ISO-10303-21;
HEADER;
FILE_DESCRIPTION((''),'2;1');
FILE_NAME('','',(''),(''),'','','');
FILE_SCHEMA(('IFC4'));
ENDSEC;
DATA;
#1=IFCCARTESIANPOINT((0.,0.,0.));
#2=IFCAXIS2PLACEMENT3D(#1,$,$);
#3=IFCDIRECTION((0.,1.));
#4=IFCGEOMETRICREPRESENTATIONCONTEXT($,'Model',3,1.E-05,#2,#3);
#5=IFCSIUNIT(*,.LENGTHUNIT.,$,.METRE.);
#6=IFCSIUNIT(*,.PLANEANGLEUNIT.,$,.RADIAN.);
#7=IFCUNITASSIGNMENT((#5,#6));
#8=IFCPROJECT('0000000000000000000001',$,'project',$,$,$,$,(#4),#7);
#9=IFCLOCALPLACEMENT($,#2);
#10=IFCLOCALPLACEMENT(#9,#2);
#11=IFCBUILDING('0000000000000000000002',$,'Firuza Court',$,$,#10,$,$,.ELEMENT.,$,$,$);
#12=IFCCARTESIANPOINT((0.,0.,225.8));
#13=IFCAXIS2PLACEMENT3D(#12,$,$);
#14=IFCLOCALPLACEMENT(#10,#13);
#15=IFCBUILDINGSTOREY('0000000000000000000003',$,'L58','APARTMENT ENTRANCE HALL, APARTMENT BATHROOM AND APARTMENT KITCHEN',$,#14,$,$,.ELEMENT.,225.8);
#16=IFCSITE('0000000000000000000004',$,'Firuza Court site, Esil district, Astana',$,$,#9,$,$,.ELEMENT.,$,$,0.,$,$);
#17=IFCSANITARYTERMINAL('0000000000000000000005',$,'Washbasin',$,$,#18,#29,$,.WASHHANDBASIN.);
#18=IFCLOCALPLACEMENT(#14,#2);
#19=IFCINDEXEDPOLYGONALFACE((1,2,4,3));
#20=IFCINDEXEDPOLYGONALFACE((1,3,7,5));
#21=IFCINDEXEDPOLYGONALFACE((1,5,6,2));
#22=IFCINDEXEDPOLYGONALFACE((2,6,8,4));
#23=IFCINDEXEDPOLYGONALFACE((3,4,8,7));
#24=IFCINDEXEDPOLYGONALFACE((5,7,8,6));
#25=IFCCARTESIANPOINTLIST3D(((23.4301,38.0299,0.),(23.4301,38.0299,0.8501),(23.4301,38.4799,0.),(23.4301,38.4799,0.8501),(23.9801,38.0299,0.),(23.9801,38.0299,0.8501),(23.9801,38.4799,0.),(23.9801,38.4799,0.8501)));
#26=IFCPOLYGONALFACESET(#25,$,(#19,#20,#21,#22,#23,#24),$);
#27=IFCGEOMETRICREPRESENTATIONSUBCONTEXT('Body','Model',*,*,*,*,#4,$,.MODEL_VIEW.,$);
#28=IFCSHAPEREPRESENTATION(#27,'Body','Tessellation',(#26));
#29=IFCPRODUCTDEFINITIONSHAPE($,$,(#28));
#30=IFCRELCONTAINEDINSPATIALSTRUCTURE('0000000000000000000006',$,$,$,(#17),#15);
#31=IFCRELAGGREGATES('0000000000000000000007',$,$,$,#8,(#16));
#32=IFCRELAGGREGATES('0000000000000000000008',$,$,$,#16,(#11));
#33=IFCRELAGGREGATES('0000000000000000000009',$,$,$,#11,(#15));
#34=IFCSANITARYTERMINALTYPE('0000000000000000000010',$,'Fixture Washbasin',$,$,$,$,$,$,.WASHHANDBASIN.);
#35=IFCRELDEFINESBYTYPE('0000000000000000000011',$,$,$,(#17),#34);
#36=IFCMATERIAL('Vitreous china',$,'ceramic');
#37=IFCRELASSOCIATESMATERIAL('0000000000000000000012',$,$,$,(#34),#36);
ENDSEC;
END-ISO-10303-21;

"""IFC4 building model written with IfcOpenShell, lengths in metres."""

from ifc_helpers import new_model, si_unit, direction, frame, origin, origin_2d, place, context, subcontext, project, spatial, rectangle, extrude, material, type_object, element, save


model = new_model("IFC4")

# Units and contexts
model_context = context("Model", 3, precision=1e-05, world=origin(), true_north=direction((0.0, 1.0)))
body_context = subcontext(model_context, "Body", "Model", "MODEL_VIEW")
ifc_project = project(units=[si_unit("LENGTHUNIT", "METRE"), si_unit("PLANEANGLEUNIT", "RADIAN")], contexts=[model_context])

# Site, building, storey
site_placement = place(None, origin())
site = spatial("IfcSite", under=ifc_project, at=site_placement, Name="Firuza Court site, Esil district, Astana", CompositionType="ELEMENT", RefElevation=0.0)
building_placement = place(site_placement, origin())
building = spatial("IfcBuilding", under=site, at=building_placement, Name="Firuza Court", CompositionType="ELEMENT")
storey_placement = place(building_placement, frame((0.0, 0.0, 225.8)))
storey = spatial("IfcBuildingStorey", under=building, at=storey_placement, Name="L58", Description="APARTMENT ENTRANCE HALL, APARTMENT BATHROOM AND APARTMENT KITCHEN", CompositionType="ELEMENT", Elevation=225.8)

# Sanitary terminal
ifc_material_1 = material(Name="Vitreous china", Category="ceramic")
sanitary_terminal_type_1 = type_object("IfcSanitaryTerminalType", Name="Fixture Washbasin", PredefinedType="WASHHANDBASIN", material=ifc_material_1)
sanitary_terminal_1_placement = place(storey_placement, frame((23.7051, 38.2549, 0.0), z_axis=(0.0, 0.0, 1.0), x_axis=(1.0, 0.0, 0.0)))
element("IfcSanitaryTerminal", 1, at=sanitary_terminal_1_placement, inside=storey, type_object=sanitary_terminal_type_1, Name="Washbasin", PredefinedType="WASHHANDBASIN", context=body_context, shape_type="SweptSolid", body=[
    extrude(rectangle(XDim=0.55, YDim=0.45, at=origin_2d()), origin(), (0.0, 0.0, 1.0), 0.8501),
])

save(model, "model.ifc")
